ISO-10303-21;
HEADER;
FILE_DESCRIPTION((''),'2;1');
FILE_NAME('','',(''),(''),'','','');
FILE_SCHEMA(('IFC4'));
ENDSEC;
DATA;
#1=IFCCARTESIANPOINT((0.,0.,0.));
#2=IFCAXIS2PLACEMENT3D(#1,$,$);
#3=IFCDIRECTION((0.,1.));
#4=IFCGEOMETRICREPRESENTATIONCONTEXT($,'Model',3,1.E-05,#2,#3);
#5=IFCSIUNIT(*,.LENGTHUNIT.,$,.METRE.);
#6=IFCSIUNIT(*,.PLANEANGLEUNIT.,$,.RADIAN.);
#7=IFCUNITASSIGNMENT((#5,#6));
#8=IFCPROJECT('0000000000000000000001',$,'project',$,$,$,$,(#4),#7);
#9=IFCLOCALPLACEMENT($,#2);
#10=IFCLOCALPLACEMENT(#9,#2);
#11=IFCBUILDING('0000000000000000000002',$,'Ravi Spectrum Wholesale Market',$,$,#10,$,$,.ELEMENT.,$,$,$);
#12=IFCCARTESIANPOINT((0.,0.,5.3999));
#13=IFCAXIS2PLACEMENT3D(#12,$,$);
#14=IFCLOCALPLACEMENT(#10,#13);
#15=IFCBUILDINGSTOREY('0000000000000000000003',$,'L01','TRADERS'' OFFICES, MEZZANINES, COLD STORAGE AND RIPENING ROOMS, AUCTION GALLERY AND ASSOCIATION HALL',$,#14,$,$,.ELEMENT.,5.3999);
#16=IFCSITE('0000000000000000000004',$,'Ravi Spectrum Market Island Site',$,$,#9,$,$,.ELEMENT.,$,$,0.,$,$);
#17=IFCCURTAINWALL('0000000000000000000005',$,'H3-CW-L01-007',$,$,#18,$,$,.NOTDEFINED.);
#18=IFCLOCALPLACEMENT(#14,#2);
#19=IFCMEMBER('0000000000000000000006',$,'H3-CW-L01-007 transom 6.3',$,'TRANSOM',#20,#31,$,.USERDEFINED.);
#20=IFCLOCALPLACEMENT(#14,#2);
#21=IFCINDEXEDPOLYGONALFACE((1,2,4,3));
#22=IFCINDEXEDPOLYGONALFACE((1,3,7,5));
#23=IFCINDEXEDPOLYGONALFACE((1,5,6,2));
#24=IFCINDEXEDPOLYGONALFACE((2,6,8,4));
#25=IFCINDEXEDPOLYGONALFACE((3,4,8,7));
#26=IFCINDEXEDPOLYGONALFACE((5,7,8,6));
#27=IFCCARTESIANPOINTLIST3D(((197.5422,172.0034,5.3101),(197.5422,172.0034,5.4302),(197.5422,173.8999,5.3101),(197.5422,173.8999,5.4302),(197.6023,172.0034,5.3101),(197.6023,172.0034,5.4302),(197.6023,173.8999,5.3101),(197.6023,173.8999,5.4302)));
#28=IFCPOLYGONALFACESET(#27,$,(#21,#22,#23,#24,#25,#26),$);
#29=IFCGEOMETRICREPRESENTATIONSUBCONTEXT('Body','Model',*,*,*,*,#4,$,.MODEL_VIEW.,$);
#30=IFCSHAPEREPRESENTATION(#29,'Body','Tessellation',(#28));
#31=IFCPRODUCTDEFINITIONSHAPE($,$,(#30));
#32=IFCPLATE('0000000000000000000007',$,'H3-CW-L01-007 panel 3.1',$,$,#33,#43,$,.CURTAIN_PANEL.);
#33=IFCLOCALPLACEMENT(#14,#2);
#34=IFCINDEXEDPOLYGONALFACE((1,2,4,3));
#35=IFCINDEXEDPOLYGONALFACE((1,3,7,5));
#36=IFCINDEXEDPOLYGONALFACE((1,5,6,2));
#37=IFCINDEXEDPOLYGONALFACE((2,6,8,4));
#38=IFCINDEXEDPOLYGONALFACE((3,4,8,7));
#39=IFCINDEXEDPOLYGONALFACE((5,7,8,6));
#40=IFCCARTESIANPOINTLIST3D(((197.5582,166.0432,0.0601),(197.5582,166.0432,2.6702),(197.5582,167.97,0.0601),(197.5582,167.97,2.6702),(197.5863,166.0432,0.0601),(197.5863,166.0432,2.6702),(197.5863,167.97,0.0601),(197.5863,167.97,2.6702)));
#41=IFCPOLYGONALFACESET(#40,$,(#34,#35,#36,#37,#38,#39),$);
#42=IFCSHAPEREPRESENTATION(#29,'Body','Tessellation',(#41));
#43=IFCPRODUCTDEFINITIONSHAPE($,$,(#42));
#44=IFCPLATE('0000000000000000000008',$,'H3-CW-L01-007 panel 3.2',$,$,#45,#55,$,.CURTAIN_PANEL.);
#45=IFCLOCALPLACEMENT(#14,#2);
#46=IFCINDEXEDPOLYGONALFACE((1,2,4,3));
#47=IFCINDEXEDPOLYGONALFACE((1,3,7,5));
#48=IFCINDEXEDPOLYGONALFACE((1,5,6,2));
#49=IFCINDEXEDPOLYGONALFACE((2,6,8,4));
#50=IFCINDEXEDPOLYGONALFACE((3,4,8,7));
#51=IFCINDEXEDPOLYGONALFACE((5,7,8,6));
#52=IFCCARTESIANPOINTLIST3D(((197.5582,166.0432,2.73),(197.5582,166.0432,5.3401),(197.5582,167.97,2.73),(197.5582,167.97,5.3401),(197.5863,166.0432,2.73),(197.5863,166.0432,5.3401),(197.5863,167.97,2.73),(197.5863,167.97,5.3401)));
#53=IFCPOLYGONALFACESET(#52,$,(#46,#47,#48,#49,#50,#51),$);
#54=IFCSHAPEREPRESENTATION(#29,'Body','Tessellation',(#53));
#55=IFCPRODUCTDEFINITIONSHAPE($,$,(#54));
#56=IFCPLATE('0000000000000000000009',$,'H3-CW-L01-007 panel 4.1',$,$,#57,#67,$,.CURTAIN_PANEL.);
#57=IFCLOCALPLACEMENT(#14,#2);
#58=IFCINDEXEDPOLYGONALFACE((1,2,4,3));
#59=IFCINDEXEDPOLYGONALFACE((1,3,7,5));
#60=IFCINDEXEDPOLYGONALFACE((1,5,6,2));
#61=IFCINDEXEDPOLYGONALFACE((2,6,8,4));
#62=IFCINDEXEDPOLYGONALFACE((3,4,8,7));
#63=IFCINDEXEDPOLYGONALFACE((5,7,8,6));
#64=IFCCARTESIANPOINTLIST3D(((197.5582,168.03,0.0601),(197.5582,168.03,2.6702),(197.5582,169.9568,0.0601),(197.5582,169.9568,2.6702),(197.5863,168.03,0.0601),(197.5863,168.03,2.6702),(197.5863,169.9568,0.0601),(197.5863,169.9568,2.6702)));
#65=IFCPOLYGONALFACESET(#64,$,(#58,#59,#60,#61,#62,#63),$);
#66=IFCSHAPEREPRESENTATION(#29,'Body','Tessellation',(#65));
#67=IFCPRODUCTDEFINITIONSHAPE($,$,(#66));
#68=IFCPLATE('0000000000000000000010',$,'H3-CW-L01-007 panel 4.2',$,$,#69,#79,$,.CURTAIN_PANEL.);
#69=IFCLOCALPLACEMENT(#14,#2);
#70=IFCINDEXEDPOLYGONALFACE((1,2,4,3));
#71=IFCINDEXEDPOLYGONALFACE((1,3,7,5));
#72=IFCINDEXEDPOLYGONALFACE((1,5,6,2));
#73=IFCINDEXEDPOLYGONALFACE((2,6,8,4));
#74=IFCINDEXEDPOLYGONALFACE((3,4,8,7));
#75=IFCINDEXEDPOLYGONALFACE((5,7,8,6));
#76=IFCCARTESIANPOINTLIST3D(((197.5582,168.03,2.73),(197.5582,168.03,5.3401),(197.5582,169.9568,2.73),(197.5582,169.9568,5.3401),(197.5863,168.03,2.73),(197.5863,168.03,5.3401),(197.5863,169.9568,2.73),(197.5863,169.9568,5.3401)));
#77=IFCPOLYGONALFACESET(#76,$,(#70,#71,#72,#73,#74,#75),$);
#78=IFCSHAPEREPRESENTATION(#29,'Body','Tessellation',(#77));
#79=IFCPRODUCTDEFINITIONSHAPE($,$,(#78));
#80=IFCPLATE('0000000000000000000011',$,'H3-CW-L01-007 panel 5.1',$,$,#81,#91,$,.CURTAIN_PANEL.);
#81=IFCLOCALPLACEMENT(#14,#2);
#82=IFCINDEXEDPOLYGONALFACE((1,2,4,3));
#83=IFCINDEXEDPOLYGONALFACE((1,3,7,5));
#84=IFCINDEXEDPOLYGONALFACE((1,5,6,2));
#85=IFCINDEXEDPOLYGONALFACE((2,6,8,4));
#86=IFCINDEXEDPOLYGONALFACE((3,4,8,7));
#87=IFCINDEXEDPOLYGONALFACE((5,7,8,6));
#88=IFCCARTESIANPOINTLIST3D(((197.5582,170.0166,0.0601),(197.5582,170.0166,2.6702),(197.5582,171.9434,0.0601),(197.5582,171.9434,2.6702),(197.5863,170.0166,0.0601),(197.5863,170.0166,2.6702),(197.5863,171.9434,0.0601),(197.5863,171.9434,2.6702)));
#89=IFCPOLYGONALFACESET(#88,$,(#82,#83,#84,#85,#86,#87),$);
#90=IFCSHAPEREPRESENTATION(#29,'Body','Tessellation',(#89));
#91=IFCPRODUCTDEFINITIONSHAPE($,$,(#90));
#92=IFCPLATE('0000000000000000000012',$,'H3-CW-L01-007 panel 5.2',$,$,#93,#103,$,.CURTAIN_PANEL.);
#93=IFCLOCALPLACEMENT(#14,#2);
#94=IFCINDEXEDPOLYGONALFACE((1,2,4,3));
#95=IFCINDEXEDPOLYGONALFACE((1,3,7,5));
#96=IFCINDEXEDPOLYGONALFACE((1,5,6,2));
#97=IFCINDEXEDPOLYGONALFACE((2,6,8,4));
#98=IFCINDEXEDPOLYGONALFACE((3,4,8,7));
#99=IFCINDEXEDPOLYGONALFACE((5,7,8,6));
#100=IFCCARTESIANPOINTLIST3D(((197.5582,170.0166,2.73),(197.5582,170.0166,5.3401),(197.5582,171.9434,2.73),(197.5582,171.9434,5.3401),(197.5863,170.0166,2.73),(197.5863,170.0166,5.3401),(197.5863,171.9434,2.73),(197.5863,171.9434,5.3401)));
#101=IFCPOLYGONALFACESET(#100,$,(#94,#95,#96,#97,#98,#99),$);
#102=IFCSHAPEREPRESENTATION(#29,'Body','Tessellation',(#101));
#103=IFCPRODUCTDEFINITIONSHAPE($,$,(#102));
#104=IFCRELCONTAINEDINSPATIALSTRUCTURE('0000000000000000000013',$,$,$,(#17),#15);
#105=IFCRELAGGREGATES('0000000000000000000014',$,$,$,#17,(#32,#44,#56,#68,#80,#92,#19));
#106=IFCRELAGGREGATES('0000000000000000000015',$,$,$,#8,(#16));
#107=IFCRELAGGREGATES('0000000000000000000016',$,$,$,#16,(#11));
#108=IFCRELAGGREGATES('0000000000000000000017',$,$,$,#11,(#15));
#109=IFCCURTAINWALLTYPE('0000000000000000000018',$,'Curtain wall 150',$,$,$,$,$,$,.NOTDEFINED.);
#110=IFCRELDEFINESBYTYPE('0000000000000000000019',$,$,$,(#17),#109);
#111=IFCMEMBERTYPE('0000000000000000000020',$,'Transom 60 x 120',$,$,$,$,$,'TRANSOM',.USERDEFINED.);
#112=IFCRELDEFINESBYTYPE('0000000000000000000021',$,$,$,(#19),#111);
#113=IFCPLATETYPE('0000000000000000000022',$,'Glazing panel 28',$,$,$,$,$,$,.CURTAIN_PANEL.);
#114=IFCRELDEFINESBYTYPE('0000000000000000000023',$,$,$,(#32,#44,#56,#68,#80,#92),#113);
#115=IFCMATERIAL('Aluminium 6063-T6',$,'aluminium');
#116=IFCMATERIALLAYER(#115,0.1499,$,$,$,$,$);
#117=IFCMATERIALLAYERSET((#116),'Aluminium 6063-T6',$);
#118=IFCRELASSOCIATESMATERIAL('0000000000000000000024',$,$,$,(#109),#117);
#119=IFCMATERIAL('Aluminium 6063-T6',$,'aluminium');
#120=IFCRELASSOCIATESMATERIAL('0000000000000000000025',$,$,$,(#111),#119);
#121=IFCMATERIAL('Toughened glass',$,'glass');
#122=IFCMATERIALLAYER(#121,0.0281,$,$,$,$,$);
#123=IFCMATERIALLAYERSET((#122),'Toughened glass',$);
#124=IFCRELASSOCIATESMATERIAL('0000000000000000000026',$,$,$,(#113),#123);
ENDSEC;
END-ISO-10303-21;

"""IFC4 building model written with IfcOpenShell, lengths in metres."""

from ifc_helpers import new_model, si_unit, direction, frame, origin, origin_2d, place, context, subcontext, project, spatial, rectangle, extrude, material, layer, layer_set, material_profile, profile_set, type_object, element, aggregate, save


model = new_model("IFC4")

# Units and contexts
model_context = context("Model", 3, precision=1e-05, world=origin(), true_north=direction((0.0, 1.0)))
body_context = subcontext(model_context, "Body", "Model", "MODEL_VIEW")
ifc_project = project(units=[si_unit("LENGTHUNIT", "METRE"), si_unit("PLANEANGLEUNIT", "RADIAN")], contexts=[model_context])

# Site, building, storey
site_placement = place(None, origin())
site = spatial("IfcSite", under=ifc_project, at=site_placement, Name="Ravi Spectrum Market Island Site", CompositionType="ELEMENT", RefElevation=0.0)
building_placement = place(site_placement, origin())
building = spatial("IfcBuilding", under=site, at=building_placement, Name="Ravi Spectrum Wholesale Market", CompositionType="ELEMENT")
storey_placement = place(building_placement, frame((0.0, 0.0, 5.3999)))
storey = spatial("IfcBuildingStorey", under=building, at=storey_placement, Name="L01", Description="TRADERS' OFFICES, MEZZANINES, COLD STORAGE AND RIPENING ROOMS, AUCTION GALLERY AND ASSOCIATION HALL", CompositionType="ELEMENT", Elevation=5.3999)

# Curtain wall, member, plates
ifc_material_1 = material(Name="Aluminium 6063-T6", Category="aluminium")
ifc_layer_1 = layer(ifc_material_1, 0.1499)
ifc_layer_set_1 = layer_set([ifc_layer_1], Name="Aluminium 6063-T6")
curtain_wall_type = type_object("IfcCurtainWallType", Name="Curtain wall 150", PredefinedType="NOTDEFINED", material=ifc_layer_set_1)
curtain_wall_placement = place(storey_placement, origin())
curtain_wall = element("IfcCurtainWall", 1, at=curtain_wall_placement, inside=storey, type_object=curtain_wall_type, Name="H3-CW-L01-007", PredefinedType="NOTDEFINED")
ifc_material_2 = material(Name="Aluminium 6063-T6", Category="aluminium")
ifc_material_profile_1 = material_profile(ifc_material_2, rectangle(XDim=0.0601, YDim=0.1201, at=origin_2d()))
ifc_profile_set_1 = profile_set([ifc_material_profile_1], Name="Aluminium 6063-T6")
member_type_1 = type_object("IfcMemberType", Name="Transom 60 x 120", ElementType="TRANSOM", PredefinedType="USERDEFINED", material=ifc_profile_set_1)
member_1_placement = place(storey_placement, frame((197.5723, 172.0034, 5.3701), z_axis=(0.0, 1.0, 0.0), x_axis=(-1.0, 0.0, 0.0)))
member_1 = element("IfcMember", 2, at=member_1_placement, type_object=member_type_1, Name="H3-CW-L01-007 transom 6.3", ObjectType="TRANSOM", PredefinedType="USERDEFINED", context=body_context, shape_type="SweptSolid", body=[
    extrude(rectangle(XDim=0.0601, YDim=0.1201, at=origin_2d()), origin(), (0.0, 0.0, 1.0), 1.8965),
])
ifc_material_3 = material(Name="Toughened glass", Category="glass")
ifc_layer_2 = layer(ifc_material_3, 0.0281)
ifc_layer_set_2 = layer_set([ifc_layer_2], Name="Toughened glass")
plate_type = type_object("IfcPlateType", Name="Glazing panel 28", PredefinedType="CURTAIN_PANEL", material=ifc_layer_set_2)
plate_1_placement = place(storey_placement, frame((197.5723, 167.0066, 0.0601), z_axis=(0.0, 0.0, 1.0), x_axis=(0.0, 1.0, 0.0)))
plate_1 = element("IfcPlate", 3, at=plate_1_placement, type_object=plate_type, Name="H3-CW-L01-007 panel 3.1", PredefinedType="CURTAIN_PANEL", context=body_context, shape_type="SweptSolid", body=[
    extrude(rectangle(XDim=1.9268, YDim=0.0281, at=origin_2d()), origin(), (0.0, 0.0, 1.0), 2.6101),
])
plate_2_placement = place(storey_placement, frame((197.5723, 167.0066, 2.73), z_axis=(0.0, 0.0, 1.0), x_axis=(0.0, 1.0, 0.0)))
plate_2 = element("IfcPlate", 4, at=plate_2_placement, type_object=plate_type, Name="H3-CW-L01-007 panel 3.2", PredefinedType="CURTAIN_PANEL", context=body_context, shape_type="SweptSolid", body=[
    extrude(rectangle(XDim=1.9268, YDim=0.0281, at=origin_2d()), origin(), (0.0, 0.0, 1.0), 2.6101),
])
plate_3_placement = place(storey_placement, frame((197.5723, 168.9934, 0.0601), z_axis=(0.0, 0.0, 1.0), x_axis=(0.0, 1.0, 0.0)))
plate_3 = element("IfcPlate", 5, at=plate_3_placement, type_object=plate_type, Name="H3-CW-L01-007 panel 4.1", PredefinedType="CURTAIN_PANEL", context=body_context, shape_type="SweptSolid", body=[
    extrude(rectangle(XDim=1.9268, YDim=0.0281, at=origin_2d()), origin(), (0.0, 0.0, 1.0), 2.6101),
])
plate_4_placement = place(storey_placement, frame((197.5723, 168.9934, 2.73), z_axis=(0.0, 0.0, 1.0), x_axis=(0.0, 1.0, 0.0)))
plate_4 = element("IfcPlate", 6, at=plate_4_placement, type_object=plate_type, Name="H3-CW-L01-007 panel 4.2", PredefinedType="CURTAIN_PANEL", context=body_context, shape_type="SweptSolid", body=[
    extrude(rectangle(XDim=1.9268, YDim=0.0281, at=origin_2d()), origin(), (0.0, 0.0, 1.0), 2.6101),
])
plate_5_placement = place(storey_placement, frame((197.5723, 170.98, 0.0601), z_axis=(0.0, 0.0, 1.0), x_axis=(0.0, 1.0, 0.0)))
plate_5 = element("IfcPlate", 7, at=plate_5_placement, type_object=plate_type, Name="H3-CW-L01-007 panel 5.1", PredefinedType="CURTAIN_PANEL", context=body_context, shape_type="SweptSolid", body=[
    extrude(rectangle(XDim=1.9268, YDim=0.0281, at=origin_2d()), origin(), (0.0, 0.0, 1.0), 2.6101),
])
plate_6_placement = place(storey_placement, frame((197.5723, 170.98, 2.73), z_axis=(0.0, 0.0, 1.0), x_axis=(0.0, 1.0, 0.0)))
plate_6 = element("IfcPlate", 8, at=plate_6_placement, type_object=plate_type, Name="H3-CW-L01-007 panel 5.2", PredefinedType="CURTAIN_PANEL", context=body_context, shape_type="SweptSolid", body=[
    extrude(rectangle(XDim=1.9268, YDim=0.0281, at=origin_2d()), origin(), (0.0, 0.0, 1.0), 2.6101),
])
aggregate(curtain_wall, [plate_1, plate_2, plate_3, plate_4, plate_5, plate_6, member_1])

save(model, "model.ifc")
